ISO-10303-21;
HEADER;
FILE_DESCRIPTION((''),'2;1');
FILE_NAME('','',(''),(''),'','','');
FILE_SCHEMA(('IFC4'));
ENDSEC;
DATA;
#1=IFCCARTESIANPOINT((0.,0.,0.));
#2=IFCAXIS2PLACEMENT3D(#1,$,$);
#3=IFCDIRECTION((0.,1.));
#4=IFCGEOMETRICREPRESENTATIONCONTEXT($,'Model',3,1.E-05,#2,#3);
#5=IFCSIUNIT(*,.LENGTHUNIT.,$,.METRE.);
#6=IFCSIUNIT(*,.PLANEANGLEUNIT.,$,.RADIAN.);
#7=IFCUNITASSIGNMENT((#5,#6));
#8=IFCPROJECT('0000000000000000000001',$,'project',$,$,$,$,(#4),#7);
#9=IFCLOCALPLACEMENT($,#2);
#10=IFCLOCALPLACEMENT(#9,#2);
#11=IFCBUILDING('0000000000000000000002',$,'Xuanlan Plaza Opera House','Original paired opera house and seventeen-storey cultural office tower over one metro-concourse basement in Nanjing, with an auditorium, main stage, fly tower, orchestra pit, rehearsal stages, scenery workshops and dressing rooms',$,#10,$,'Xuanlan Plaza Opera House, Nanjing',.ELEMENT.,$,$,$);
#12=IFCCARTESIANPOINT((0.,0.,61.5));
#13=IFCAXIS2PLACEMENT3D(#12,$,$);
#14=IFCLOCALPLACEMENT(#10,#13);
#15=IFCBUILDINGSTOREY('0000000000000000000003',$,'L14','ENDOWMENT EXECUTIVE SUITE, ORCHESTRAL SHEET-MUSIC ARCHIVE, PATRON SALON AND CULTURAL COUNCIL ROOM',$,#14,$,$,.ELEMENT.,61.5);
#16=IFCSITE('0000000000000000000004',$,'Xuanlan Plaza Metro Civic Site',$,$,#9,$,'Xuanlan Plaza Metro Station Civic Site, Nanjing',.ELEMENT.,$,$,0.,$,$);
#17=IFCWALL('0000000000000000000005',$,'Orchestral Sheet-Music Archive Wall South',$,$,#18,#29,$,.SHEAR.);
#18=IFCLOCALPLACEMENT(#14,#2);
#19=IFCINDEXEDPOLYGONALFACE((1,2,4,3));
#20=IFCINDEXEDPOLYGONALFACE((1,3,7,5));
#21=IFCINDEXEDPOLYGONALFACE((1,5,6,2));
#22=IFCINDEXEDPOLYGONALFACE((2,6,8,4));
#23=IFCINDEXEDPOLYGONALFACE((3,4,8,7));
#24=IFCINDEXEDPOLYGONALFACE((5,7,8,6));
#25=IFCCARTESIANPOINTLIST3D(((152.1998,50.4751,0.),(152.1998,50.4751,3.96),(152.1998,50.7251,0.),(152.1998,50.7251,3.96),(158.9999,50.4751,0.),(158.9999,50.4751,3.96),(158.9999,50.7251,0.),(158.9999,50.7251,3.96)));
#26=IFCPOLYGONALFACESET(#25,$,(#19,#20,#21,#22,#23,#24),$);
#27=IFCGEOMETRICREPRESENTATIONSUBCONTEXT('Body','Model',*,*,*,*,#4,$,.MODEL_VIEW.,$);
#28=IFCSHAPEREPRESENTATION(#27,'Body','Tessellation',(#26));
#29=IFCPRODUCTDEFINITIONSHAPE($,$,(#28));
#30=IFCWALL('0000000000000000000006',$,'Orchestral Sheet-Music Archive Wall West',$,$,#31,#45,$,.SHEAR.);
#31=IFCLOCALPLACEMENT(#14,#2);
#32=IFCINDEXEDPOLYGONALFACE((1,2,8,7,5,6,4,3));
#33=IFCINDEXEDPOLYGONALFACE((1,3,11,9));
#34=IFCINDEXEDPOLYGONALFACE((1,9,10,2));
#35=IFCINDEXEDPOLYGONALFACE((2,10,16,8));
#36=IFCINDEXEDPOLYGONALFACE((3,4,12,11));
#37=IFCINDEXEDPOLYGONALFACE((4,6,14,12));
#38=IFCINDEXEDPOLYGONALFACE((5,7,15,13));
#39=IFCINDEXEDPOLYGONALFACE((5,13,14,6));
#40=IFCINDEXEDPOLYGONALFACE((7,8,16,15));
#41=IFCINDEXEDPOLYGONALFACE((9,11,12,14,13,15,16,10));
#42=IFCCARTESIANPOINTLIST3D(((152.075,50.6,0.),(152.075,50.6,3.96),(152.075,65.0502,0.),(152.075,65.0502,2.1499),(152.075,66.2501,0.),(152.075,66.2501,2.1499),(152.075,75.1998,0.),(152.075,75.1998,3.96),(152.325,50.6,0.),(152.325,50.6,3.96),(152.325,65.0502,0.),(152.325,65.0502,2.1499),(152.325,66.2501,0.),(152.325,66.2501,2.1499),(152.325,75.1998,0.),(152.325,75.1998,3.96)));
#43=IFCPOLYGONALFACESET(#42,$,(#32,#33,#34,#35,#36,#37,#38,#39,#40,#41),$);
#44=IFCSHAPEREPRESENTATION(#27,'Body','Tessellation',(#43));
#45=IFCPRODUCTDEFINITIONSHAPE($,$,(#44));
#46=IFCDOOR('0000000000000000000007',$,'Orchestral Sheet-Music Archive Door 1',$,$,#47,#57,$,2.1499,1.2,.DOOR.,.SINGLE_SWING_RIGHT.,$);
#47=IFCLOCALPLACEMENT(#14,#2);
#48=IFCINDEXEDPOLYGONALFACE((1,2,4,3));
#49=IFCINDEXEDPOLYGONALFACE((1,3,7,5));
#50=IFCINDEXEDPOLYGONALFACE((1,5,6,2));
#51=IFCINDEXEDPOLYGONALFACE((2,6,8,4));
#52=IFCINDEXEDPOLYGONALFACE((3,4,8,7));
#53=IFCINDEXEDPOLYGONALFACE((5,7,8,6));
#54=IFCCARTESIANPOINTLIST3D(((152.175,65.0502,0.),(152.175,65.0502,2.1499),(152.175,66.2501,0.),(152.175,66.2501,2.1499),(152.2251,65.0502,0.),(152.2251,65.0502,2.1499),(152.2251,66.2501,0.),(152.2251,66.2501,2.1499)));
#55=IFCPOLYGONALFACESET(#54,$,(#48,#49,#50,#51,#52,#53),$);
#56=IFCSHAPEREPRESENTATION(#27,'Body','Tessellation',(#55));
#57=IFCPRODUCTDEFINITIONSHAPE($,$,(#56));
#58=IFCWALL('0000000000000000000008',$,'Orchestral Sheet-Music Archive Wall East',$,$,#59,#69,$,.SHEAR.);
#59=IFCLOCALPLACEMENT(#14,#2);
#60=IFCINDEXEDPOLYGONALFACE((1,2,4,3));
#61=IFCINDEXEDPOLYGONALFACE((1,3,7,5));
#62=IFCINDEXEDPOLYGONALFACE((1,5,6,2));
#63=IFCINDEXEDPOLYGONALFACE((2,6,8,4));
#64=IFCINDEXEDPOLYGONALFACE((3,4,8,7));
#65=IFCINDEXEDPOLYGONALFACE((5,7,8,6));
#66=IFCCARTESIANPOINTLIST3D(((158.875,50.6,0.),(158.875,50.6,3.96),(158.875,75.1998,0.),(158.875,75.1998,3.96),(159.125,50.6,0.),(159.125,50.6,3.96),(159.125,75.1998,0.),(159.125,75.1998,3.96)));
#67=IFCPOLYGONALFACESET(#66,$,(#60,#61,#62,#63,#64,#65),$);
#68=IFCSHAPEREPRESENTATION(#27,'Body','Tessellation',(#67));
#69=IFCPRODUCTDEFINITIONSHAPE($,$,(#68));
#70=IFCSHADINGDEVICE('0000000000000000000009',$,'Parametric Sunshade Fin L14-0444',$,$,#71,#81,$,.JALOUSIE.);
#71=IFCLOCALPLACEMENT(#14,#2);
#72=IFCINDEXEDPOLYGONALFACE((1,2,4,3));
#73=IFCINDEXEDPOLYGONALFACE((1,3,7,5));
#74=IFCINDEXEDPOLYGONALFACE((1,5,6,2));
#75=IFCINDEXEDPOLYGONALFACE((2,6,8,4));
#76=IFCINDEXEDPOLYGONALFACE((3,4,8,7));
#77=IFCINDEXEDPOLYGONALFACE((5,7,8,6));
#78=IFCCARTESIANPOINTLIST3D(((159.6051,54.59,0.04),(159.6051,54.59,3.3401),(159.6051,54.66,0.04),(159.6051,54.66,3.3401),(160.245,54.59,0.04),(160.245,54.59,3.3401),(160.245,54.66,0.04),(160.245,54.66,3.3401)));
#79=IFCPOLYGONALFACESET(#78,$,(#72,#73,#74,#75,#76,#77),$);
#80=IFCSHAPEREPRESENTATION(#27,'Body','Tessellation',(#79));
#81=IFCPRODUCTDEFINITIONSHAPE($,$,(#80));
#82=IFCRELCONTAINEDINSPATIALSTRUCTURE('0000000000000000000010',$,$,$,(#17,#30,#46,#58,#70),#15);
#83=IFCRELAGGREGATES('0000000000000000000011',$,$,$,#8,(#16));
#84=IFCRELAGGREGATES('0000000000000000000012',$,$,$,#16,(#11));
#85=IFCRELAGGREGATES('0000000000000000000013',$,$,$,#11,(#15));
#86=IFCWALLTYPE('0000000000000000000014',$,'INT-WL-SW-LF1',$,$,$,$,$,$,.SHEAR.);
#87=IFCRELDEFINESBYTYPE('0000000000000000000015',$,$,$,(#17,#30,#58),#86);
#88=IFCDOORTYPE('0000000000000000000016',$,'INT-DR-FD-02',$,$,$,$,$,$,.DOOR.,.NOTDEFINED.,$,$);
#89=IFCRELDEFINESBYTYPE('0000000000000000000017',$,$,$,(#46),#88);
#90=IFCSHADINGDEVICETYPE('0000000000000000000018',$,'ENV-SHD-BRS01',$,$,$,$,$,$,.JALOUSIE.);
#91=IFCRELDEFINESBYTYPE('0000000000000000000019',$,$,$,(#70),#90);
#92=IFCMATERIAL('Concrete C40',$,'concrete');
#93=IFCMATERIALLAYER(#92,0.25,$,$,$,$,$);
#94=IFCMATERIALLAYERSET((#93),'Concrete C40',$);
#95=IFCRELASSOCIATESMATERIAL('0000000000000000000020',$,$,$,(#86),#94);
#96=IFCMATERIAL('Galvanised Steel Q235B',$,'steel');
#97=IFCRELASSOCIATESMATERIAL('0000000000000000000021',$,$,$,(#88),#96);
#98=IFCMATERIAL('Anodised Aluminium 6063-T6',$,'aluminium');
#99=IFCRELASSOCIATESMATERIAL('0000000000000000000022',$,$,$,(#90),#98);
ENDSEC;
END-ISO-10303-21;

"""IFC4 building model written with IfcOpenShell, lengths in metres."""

from ifc_helpers import new_model, si_unit, direction, frame, frame_2d, origin, origin_2d, place, context, subcontext, project, spatial, rectangle, extrude, material, layer, layer_set, type_object, element, fill, save


model = new_model("IFC4")

# Units and contexts
model_context = context("Model", 3, precision=1e-05, world=origin(), true_north=direction((0.0, 1.0)))
body_context = subcontext(model_context, "Body", "Model", "MODEL_VIEW")
ifc_project = project(units=[si_unit("LENGTHUNIT", "METRE"), si_unit("PLANEANGLEUNIT", "RADIAN")], contexts=[model_context])

# Site, building, storey
site_placement = place(None, origin())
site = spatial("IfcSite", under=ifc_project, at=site_placement, Name="Xuanlan Plaza Metro Civic Site", LongName="Xuanlan Plaza Metro Station Civic Site, Nanjing", CompositionType="ELEMENT", RefElevation=0.0)
building_placement = place(site_placement, origin())
building = spatial("IfcBuilding", under=site, at=building_placement, Name="Xuanlan Plaza Opera House", Description="Original paired opera house and seventeen-storey cultural office tower over one metro-concourse basement in Nanjing, with an auditorium, main stage, fly tower, orchestra pit, rehearsal stages, scenery workshops and dressing rooms", LongName="Xuanlan Plaza Opera House, Nanjing", CompositionType="ELEMENT")
storey_placement = place(building_placement, frame((0.0, 0.0, 61.5)))
storey = spatial("IfcBuildingStorey", under=building, at=storey_placement, Name="L14", Description="ENDOWMENT EXECUTIVE SUITE, ORCHESTRAL SHEET-MUSIC ARCHIVE, PATRON SALON AND CULTURAL COUNCIL ROOM", CompositionType="ELEMENT", Elevation=61.5)

# Shared definitions
ifc_material_1 = material(Name="Anodised Aluminium 6063-T6", Category="aluminium")

# Shared definitions
ifc_material_2 = material(Name="Concrete C40", Category="concrete")

# Wall
ifc_layer_1 = layer(ifc_material_2, 0.25)
ifc_layer_set_1 = layer_set([ifc_layer_1], Name="Concrete C40")
wall_type = type_object("IfcWallType", Name="INT-WL-SW-LF1", PredefinedType="SHEAR", material=ifc_layer_set_1)
wall_1_placement = place(storey_placement, frame((152.2, 50.6001, 0.0), z_axis=(0.0, 0.0, 1.0), x_axis=(1.0, 0.0, 0.0)))
element("IfcWall", 1, at=wall_1_placement, inside=storey, type_object=wall_type, Name="Orchestral Sheet-Music Archive Wall South", PredefinedType="SHEAR", context=body_context, shape_type="SweptSolid", body=[
    extrude(rectangle(XDim=6.8, YDim=0.25, at=frame_2d((3.3999, 0.0))), origin(), (0.0, 0.0, 1.0), 3.96),
])

# Wall, opening, door
wall_2_placement = place(storey_placement, frame((152.2, 50.6001, 0.0), z_axis=(0.0, 0.0, 1.0), x_axis=(0.0, 1.0, 0.0)))
wall_2 = element("IfcWall", 2, at=wall_2_placement, inside=storey, type_object=wall_type, Name="Orchestral Sheet-Music Archive Wall West", PredefinedType="SHEAR", context=body_context, shape_type="SweptSolid", body=[
    extrude(rectangle(XDim=24.5999, YDim=0.25, at=frame_2d((12.2998, 0.0))), origin(), (0.0, 0.0, 1.0), 3.96),
])
opening_placement = place(wall_2_placement, frame((14.45, 0.0, 0.0)))
opening = element("IfcOpeningElement", 3, at=opening_placement, cuts=wall_2, PredefinedType="OPENING", context=body_context, shape_type="SweptSolid", body=[
    extrude(rectangle(XDim=1.2, YDim=2.1499, at=frame_2d((0.6001, 1.075))), frame((0.0, 0.135, 0.0), z_axis=(0.0, -1.0, 0.0), x_axis=(1.0, 0.0, 0.0)), (0.0, 0.0, 1.0), 0.27),
])
ifc_material_3 = material(Name="Galvanised Steel Q235B", Category="steel")
door_type = type_object("IfcDoorType", Name="INT-DR-FD-02", OperationType="NOTDEFINED", PredefinedType="DOOR", material=ifc_material_3)
door_placement = place(opening_placement, origin())
door = element("IfcDoor", 4, at=door_placement, inside=storey, type_object=door_type, Name="Orchestral Sheet-Music Archive Door 1", OperationType="SINGLE_SWING_RIGHT", OverallHeight=2.1499, OverallWidth=1.2, PredefinedType="DOOR", context=body_context, shape_type="SweptSolid", body=[
    extrude(rectangle(XDim=1.2, YDim=2.1499, at=frame_2d((0.6001, 1.075))), frame((0.0, 0.0249, 0.0), z_axis=(0.0, -1.0, 0.0), x_axis=(1.0, 0.0, 0.0)), (0.0, 0.0, 1.0), 0.05),
])
fill(opening, door)

# Wall
wall_3_placement = place(storey_placement, frame((159.0, 50.6001, 0.0), z_axis=(0.0, 0.0, 1.0), x_axis=(0.0, 1.0, 0.0)))
element("IfcWall", 5, at=wall_3_placement, inside=storey, type_object=wall_type, Name="Orchestral Sheet-Music Archive Wall East", PredefinedType="SHEAR", context=body_context, shape_type="SweptSolid", body=[
    extrude(rectangle(XDim=24.5999, YDim=0.25, at=frame_2d((12.2998, 0.0))), origin(), (0.0, 0.0, 1.0), 3.96),
])

# Shading device
shading_device_type = type_object("IfcShadingDeviceType", Name="ENV-SHD-BRS01", PredefinedType="JALOUSIE", material=ifc_material_1)
shading_device_placement = place(storey_placement, frame((159.925, 54.625, 0.04), z_axis=(0.0, 0.0, 1.0), x_axis=(1.0, 0.0, 0.0)))
element("IfcShadingDevice", 6, at=shading_device_placement, inside=storey, type_object=shading_device_type, Name="Parametric Sunshade Fin L14-0444", PredefinedType="JALOUSIE", context=body_context, shape_type="SweptSolid", body=[
    extrude(rectangle(XDim=0.6399, YDim=0.0701, at=origin_2d()), origin(), (0.0, 0.0, 1.0), 3.3),
])

save(model, "model.ifc")
